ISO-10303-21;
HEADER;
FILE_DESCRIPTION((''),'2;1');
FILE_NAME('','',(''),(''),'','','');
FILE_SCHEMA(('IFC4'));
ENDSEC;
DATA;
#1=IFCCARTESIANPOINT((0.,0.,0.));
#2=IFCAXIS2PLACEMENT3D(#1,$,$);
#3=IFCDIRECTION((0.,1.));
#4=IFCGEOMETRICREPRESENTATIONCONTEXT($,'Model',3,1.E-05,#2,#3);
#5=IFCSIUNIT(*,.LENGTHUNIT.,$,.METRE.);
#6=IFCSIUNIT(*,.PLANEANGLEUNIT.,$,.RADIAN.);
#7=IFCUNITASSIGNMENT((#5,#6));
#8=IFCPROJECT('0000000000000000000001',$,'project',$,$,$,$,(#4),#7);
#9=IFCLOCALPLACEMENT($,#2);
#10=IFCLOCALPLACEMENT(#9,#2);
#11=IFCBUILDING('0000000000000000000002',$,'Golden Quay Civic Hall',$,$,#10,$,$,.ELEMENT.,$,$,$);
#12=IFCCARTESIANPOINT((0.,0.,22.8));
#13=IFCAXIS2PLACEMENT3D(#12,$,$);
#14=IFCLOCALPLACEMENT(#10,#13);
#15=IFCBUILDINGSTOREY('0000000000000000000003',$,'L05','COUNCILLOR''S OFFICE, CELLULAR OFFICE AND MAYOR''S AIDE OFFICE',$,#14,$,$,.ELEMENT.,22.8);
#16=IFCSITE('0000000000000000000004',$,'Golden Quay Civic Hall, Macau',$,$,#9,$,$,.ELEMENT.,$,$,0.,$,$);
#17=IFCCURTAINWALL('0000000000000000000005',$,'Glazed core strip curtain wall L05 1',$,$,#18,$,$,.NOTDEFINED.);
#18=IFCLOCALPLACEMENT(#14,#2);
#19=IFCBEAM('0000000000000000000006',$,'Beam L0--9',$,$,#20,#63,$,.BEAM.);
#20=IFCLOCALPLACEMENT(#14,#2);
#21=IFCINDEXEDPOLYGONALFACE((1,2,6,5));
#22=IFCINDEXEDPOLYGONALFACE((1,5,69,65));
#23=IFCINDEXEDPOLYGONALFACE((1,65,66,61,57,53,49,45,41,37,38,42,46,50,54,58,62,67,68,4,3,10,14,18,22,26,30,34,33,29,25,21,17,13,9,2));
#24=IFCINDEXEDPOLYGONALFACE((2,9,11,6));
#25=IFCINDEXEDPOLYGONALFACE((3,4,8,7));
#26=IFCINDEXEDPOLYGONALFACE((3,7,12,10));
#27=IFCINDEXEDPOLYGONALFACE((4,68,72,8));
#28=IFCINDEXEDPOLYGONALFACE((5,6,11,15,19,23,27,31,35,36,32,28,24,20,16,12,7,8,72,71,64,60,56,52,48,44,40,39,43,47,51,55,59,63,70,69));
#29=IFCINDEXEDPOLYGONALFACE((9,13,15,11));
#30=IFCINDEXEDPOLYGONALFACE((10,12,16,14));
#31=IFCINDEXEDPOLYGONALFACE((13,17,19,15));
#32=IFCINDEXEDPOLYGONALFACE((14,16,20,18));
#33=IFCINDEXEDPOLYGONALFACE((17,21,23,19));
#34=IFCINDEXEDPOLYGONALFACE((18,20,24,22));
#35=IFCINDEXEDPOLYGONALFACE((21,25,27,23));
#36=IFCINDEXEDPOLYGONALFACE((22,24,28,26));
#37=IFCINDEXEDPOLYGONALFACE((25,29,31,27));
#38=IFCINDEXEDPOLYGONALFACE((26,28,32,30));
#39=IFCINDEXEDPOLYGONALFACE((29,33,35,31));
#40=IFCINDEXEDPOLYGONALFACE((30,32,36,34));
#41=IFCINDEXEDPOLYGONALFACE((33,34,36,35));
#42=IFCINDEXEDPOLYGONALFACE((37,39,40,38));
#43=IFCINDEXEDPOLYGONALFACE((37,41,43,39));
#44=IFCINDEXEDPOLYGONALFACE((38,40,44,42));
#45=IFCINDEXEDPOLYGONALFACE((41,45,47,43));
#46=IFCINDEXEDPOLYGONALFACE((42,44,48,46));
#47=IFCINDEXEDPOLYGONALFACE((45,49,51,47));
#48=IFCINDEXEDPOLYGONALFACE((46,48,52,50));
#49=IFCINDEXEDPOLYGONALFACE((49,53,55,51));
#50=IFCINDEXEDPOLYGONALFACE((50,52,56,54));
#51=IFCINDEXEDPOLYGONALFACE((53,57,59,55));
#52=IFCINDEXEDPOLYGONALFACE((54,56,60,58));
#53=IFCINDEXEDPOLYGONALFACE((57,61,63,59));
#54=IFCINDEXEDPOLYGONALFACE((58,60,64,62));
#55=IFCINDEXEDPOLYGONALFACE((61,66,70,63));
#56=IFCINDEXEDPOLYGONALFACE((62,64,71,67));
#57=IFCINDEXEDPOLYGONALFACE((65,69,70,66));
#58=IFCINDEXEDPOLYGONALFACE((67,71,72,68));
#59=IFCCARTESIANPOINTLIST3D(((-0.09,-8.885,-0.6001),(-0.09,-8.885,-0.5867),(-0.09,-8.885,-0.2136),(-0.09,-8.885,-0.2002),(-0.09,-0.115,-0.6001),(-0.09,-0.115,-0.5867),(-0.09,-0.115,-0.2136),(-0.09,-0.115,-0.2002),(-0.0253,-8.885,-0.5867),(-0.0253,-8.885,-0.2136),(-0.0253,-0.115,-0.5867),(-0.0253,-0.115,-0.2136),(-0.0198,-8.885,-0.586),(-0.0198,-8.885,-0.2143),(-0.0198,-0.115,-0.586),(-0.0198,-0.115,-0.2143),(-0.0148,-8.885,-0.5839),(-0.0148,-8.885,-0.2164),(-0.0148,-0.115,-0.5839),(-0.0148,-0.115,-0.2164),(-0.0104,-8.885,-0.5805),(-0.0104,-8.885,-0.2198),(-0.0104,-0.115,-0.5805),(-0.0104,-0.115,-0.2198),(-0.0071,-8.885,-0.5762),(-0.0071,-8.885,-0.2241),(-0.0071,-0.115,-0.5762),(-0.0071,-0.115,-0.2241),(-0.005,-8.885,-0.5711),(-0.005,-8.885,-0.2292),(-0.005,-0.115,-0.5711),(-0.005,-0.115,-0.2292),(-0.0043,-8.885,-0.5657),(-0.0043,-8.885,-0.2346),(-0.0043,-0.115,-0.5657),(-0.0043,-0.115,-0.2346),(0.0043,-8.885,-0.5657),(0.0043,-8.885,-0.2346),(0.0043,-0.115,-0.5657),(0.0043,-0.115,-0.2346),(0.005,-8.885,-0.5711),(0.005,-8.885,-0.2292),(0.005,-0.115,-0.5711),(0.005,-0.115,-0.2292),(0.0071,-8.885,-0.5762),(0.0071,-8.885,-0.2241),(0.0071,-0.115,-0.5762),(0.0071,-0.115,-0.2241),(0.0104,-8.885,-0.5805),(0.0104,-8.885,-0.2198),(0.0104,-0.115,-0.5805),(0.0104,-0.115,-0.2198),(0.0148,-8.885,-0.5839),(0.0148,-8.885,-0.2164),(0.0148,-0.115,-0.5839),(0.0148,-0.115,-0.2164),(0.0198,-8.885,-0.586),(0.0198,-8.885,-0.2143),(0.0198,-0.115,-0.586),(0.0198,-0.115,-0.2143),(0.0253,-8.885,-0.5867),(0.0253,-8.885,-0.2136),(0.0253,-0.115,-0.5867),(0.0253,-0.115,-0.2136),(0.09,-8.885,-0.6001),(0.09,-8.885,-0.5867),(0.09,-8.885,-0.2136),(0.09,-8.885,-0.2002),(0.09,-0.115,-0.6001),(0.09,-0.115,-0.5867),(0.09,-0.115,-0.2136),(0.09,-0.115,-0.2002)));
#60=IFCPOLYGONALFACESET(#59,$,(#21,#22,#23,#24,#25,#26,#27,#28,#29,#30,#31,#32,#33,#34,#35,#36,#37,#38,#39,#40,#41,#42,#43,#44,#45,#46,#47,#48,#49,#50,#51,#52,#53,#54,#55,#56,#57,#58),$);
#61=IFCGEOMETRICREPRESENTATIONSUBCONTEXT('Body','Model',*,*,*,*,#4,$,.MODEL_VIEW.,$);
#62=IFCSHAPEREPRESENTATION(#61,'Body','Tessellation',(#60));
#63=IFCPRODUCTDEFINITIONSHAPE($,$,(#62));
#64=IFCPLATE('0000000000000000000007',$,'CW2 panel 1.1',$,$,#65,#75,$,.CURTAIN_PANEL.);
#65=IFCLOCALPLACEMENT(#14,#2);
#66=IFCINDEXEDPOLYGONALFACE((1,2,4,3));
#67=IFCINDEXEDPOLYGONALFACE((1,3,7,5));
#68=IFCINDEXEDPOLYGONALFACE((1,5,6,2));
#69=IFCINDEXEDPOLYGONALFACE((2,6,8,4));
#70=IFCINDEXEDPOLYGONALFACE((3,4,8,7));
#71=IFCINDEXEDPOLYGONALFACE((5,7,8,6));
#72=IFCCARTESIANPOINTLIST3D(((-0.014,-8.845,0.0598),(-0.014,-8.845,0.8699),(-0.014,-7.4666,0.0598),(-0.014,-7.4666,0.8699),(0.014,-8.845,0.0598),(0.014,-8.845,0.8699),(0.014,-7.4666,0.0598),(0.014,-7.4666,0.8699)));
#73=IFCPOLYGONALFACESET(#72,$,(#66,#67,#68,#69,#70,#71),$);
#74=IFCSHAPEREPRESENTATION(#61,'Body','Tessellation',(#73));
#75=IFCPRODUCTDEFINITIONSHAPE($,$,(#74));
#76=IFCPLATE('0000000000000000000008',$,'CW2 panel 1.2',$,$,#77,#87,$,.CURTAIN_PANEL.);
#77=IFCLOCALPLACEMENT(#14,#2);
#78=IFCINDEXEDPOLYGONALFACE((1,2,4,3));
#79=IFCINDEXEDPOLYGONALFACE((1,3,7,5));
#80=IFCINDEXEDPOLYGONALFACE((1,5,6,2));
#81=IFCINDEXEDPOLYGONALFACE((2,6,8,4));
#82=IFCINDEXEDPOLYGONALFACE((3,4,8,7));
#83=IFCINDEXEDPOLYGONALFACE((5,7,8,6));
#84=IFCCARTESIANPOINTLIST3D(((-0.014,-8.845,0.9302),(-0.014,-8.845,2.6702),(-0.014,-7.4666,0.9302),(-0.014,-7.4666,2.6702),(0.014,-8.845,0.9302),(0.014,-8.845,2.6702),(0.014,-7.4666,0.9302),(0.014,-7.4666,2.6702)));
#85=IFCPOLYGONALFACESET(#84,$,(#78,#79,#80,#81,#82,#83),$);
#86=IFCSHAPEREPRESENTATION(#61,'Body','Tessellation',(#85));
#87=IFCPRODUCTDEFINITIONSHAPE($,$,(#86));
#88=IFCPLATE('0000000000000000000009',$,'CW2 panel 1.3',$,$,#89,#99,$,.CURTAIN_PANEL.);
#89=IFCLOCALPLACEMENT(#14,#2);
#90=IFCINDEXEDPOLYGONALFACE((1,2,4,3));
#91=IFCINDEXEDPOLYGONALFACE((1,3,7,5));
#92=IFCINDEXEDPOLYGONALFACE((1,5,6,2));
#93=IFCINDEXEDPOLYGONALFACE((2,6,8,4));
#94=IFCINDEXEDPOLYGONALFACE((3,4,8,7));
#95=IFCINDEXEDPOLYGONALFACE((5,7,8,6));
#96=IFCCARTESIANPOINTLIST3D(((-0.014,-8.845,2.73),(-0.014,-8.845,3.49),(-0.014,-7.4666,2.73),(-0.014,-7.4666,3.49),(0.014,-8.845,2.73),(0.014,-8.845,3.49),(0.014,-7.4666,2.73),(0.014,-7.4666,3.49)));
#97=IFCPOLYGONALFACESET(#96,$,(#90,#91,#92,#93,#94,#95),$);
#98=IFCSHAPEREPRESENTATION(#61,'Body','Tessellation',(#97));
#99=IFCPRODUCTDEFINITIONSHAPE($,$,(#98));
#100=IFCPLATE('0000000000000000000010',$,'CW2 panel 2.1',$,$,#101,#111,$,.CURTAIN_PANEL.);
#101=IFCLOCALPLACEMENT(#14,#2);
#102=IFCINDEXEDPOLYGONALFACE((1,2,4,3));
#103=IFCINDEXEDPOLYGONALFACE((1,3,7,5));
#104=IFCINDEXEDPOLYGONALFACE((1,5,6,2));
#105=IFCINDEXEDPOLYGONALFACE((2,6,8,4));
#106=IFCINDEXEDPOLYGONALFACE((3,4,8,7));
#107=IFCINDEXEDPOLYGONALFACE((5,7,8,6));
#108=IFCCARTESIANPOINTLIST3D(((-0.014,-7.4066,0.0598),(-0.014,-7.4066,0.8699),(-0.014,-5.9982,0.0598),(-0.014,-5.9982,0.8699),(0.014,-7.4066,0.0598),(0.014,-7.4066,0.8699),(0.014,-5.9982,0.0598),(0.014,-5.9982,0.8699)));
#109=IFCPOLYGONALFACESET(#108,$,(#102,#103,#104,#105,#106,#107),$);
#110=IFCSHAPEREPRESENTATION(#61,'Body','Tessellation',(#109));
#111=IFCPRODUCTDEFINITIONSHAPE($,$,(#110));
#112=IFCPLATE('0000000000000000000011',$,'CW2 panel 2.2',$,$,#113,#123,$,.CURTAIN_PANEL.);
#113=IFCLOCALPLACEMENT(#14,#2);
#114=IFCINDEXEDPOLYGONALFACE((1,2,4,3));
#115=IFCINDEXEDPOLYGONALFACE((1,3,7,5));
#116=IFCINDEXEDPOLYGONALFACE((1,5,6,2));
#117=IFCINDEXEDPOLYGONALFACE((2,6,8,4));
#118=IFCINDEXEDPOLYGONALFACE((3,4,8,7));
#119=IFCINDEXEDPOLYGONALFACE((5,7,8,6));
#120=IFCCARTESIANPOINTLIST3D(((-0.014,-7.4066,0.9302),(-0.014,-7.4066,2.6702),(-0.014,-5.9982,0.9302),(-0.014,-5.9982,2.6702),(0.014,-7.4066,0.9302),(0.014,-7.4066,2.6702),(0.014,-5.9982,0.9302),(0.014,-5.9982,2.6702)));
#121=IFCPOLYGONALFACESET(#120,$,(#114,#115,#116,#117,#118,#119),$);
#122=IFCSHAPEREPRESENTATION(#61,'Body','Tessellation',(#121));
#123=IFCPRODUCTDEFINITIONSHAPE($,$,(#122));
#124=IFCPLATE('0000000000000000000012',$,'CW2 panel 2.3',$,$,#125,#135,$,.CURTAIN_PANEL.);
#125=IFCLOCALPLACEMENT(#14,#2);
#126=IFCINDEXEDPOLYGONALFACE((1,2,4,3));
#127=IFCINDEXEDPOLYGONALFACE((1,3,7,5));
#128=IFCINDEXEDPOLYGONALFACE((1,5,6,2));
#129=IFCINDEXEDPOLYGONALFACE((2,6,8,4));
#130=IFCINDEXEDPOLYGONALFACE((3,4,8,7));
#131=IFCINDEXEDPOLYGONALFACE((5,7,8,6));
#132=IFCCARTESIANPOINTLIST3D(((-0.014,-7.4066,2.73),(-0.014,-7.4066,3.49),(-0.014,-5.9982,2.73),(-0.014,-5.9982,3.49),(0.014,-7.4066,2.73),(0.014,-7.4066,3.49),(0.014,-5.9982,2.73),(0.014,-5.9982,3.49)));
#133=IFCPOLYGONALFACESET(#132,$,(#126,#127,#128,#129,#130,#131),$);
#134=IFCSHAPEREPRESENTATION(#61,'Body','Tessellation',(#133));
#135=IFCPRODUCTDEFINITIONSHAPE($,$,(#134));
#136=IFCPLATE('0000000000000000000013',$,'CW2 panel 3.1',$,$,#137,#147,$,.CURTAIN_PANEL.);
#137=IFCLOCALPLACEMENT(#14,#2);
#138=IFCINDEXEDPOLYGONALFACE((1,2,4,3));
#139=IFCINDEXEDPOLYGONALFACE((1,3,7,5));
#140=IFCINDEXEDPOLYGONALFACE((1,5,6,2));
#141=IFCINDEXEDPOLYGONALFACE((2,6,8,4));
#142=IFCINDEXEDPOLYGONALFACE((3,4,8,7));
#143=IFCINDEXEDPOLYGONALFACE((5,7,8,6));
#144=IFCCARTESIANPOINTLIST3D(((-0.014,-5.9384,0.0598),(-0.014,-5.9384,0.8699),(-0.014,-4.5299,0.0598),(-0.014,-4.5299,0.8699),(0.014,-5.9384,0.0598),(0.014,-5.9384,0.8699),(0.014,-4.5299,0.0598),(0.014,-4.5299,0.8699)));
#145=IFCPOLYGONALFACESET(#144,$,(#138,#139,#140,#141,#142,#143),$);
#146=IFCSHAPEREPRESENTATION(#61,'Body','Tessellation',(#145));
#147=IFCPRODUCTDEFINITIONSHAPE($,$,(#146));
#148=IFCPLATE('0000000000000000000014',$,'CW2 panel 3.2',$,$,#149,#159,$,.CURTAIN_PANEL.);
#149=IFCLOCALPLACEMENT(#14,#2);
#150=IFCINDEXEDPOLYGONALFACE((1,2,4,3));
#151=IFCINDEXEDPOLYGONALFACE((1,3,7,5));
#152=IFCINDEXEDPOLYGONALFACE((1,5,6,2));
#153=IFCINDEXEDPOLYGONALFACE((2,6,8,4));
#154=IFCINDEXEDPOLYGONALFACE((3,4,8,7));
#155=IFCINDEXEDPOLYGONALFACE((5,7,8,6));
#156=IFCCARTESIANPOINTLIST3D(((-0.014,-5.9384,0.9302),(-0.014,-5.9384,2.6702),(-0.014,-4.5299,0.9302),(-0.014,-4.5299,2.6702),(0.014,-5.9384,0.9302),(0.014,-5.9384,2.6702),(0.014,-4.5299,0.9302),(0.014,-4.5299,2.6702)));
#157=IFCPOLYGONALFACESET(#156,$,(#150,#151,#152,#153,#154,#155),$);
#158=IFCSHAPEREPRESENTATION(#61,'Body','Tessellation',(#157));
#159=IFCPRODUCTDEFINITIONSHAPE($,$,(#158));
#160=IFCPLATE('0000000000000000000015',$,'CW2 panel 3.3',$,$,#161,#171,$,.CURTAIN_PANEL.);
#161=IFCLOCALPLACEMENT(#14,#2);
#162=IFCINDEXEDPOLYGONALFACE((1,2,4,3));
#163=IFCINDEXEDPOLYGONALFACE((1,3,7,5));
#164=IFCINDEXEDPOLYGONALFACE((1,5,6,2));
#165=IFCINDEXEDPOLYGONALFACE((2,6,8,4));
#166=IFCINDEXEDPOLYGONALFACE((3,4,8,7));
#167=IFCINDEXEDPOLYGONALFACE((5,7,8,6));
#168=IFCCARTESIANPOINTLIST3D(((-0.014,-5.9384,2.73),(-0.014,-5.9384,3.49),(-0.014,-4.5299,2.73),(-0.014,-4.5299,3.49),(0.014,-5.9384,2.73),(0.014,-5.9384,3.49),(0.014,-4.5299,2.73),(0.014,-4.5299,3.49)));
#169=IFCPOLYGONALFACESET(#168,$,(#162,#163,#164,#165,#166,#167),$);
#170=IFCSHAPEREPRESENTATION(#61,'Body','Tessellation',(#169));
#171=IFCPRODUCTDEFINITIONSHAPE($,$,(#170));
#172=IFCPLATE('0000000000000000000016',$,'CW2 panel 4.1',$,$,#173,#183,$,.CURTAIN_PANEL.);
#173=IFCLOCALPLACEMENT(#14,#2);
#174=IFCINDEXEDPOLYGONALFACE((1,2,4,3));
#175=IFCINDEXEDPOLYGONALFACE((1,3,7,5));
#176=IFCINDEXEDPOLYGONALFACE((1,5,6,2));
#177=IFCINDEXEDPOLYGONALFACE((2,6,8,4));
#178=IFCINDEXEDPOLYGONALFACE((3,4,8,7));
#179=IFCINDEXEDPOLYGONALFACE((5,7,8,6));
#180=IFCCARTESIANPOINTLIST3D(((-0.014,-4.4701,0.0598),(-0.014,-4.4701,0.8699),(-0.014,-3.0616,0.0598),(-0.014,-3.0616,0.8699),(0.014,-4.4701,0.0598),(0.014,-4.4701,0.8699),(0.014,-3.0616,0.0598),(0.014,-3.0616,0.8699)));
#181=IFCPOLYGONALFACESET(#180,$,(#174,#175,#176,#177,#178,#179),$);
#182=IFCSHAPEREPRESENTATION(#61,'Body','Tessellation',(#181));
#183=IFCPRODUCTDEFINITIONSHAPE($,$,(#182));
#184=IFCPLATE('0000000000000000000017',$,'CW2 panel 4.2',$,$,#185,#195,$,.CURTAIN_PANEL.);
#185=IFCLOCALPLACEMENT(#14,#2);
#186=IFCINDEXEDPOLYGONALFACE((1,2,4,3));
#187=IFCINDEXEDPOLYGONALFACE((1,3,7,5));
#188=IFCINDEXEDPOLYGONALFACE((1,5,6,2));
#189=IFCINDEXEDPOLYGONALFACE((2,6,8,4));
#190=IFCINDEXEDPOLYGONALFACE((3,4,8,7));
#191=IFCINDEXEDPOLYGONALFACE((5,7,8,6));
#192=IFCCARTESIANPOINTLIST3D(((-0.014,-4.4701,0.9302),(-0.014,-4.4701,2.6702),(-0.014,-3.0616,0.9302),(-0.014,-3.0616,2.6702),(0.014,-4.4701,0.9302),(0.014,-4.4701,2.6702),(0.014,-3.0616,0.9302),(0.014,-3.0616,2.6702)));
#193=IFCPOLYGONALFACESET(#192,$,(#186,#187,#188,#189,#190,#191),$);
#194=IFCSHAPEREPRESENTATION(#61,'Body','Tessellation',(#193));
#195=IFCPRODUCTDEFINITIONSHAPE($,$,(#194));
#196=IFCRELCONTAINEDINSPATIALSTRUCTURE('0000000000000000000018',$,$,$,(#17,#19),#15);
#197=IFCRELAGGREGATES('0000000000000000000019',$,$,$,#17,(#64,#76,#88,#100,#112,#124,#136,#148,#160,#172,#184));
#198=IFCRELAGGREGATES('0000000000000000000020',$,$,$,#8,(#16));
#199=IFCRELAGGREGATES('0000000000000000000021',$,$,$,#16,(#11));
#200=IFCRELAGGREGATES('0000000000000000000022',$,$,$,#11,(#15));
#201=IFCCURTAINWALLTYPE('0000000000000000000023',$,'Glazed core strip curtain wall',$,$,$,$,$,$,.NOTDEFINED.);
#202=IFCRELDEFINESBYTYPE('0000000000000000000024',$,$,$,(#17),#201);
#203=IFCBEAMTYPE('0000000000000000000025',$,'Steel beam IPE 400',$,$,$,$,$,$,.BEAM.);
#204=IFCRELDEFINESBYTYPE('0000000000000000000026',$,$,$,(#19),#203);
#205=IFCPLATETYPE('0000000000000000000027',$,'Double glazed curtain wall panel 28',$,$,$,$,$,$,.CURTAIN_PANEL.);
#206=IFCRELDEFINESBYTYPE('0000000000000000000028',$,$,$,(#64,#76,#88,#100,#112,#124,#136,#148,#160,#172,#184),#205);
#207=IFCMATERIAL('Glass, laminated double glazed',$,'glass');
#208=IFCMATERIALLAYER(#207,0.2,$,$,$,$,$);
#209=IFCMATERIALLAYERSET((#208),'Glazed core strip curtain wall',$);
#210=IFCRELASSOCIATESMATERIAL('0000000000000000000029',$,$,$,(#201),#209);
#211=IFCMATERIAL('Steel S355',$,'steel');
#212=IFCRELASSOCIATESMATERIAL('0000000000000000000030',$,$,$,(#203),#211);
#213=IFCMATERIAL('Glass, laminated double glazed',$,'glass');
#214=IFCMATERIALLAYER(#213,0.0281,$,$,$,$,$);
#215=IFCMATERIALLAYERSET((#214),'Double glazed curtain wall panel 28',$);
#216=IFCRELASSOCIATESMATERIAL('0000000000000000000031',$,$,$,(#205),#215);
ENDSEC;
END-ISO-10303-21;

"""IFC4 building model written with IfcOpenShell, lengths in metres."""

from ifc_helpers import new_model, si_unit, direction, frame, origin, origin_2d, place, context, subcontext, project, spatial, rectangle, i_section, extrude, material, layer, layer_set, material_profile, profile_set, type_object, element, aggregate, save


model = new_model("IFC4")

# Units and contexts
model_context = context("Model", 3, precision=1e-05, world=origin(), true_north=direction((0.0, 1.0)))
body_context = subcontext(model_context, "Body", "Model", "MODEL_VIEW")
ifc_project = project(units=[si_unit("LENGTHUNIT", "METRE"), si_unit("PLANEANGLEUNIT", "RADIAN")], contexts=[model_context])

# Site, building, storey
site_placement = place(None, origin())
site = spatial("IfcSite", under=ifc_project, at=site_placement, Name="Golden Quay Civic Hall, Macau", CompositionType="ELEMENT", RefElevation=0.0)
building_placement = place(site_placement, origin())
building = spatial("IfcBuilding", under=site, at=building_placement, Name="Golden Quay Civic Hall", CompositionType="ELEMENT")
storey_placement = place(building_placement, frame((0.0, 0.0, 22.8)))
storey = spatial("IfcBuildingStorey", under=building, at=storey_placement, Name="L05", Description="COUNCILLOR'S OFFICE, CELLULAR OFFICE AND MAYOR'S AIDE OFFICE", CompositionType="ELEMENT", Elevation=22.8)

# Curtain wall
ifc_material_1 = material(Name="Glass, laminated double glazed", Category="glass")
ifc_layer_1 = layer(ifc_material_1, 0.2)
ifc_layer_set_1 = layer_set([ifc_layer_1], Name="Glazed core strip curtain wall")
curtain_wall_type = type_object("IfcCurtainWallType", Name="Glazed core strip curtain wall", PredefinedType="NOTDEFINED", material=ifc_layer_set_1)
curtain_wall_placement = place(storey_placement, origin())
curtain_wall = element("IfcCurtainWall", 1, at=curtain_wall_placement, inside=storey, type_object=curtain_wall_type, Name="Glazed core strip curtain wall L05 1", PredefinedType="NOTDEFINED")

# Beam
ifc_material_2 = material(Name="Steel S355", Category="steel")
ifc_material_profile_1 = material_profile(ifc_material_2, i_section(OverallWidth=0.1799, OverallDepth=0.3999, WebThickness=0.0085, FlangeThickness=0.0134, FilletRadius=0.021, at=origin_2d()), Name="IPE 400")
ifc_profile_set_1 = profile_set([ifc_material_profile_1], Name="Steel S355")
beam_type = type_object("IfcBeamType", Name="Steel beam IPE 400", PredefinedType="BEAM", material=ifc_profile_set_1)
beam_placement = place(storey_placement, frame((0.0, -8.885, -0.4001), z_axis=(0.0, 1.0, 0.0), x_axis=(-1.0, 0.0, 0.0)))
element("IfcBeam", 2, at=beam_placement, inside=storey, type_object=beam_type, Name="Beam L0--9", PredefinedType="BEAM", context=body_context, shape_type="SweptSolid", body=[
    extrude(i_section(OverallWidth=0.1799, OverallDepth=0.3999, WebThickness=0.0085, FlangeThickness=0.0134, FilletRadius=0.021, at=origin_2d()), origin(), (0.0, 0.0, 1.0), 8.77),
])

# Plates
ifc_material_3 = material(Name="Glass, laminated double glazed", Category="glass")
ifc_layer_2 = layer(ifc_material_3, 0.0281)
ifc_layer_set_2 = layer_set([ifc_layer_2], Name="Double glazed curtain wall panel 28")
plate_type = type_object("IfcPlateType", Name="Double glazed curtain wall panel 28", PredefinedType="CURTAIN_PANEL", material=ifc_layer_set_2)
plate_1_placement = place(storey_placement, frame((0.0, -8.1558, 0.0598), z_axis=(0.0, 0.0, 1.0), x_axis=(0.0, 1.0, 0.0)))
plate_1 = element("IfcPlate", 3, at=plate_1_placement, type_object=plate_type, Name="CW2 panel 1.1", PredefinedType="CURTAIN_PANEL", context=body_context, shape_type="SweptSolid", body=[
    extrude(rectangle(XDim=1.3784, YDim=0.0281, at=origin_2d()), origin(), (0.0, 0.0, 1.0), 0.8101),
])
plate_2_placement = place(storey_placement, frame((0.0, -8.1558, 0.9302), z_axis=(0.0, 0.0, 1.0), x_axis=(0.0, 1.0, 0.0)))
plate_2 = element("IfcPlate", 4, at=plate_2_placement, type_object=plate_type, Name="CW2 panel 1.2", PredefinedType="CURTAIN_PANEL", context=body_context, shape_type="SweptSolid", body=[
    extrude(rectangle(XDim=1.3784, YDim=0.0281, at=origin_2d()), origin(), (0.0, 0.0, 1.0), 1.74),
])
plate_3_placement = place(storey_placement, frame((0.0, -8.1558, 2.73), z_axis=(0.0, 0.0, 1.0), x_axis=(0.0, 1.0, 0.0)))
plate_3 = element("IfcPlate", 5, at=plate_3_placement, type_object=plate_type, Name="CW2 panel 1.3", PredefinedType="CURTAIN_PANEL", context=body_context, shape_type="SweptSolid", body=[
    extrude(rectangle(XDim=1.3784, YDim=0.0281, at=origin_2d()), origin(), (0.0, 0.0, 1.0), 0.76),
])
plate_4_placement = place(storey_placement, frame((0.0, -6.7024, 0.0598), z_axis=(0.0, 0.0, 1.0), x_axis=(0.0, 1.0, 0.0)))
plate_4 = element("IfcPlate", 6, at=plate_4_placement, type_object=plate_type, Name="CW2 panel 2.1", PredefinedType="CURTAIN_PANEL", context=body_context, shape_type="SweptSolid", body=[
    extrude(rectangle(XDim=1.4084, YDim=0.0281, at=origin_2d()), origin(), (0.0, 0.0, 1.0), 0.8101),
])
plate_5_placement = place(storey_placement, frame((0.0, -6.7024, 0.9302), z_axis=(0.0, 0.0, 1.0), x_axis=(0.0, 1.0, 0.0)))
plate_5 = element("IfcPlate", 7, at=plate_5_placement, type_object=plate_type, Name="CW2 panel 2.2", PredefinedType="CURTAIN_PANEL", context=body_context, shape_type="SweptSolid", body=[
    extrude(rectangle(XDim=1.4084, YDim=0.0281, at=origin_2d()), origin(), (0.0, 0.0, 1.0), 1.74),
])
plate_6_placement = place(storey_placement, frame((0.0, -6.7024, 2.73), z_axis=(0.0, 0.0, 1.0), x_axis=(0.0, 1.0, 0.0)))
plate_6 = element("IfcPlate", 8, at=plate_6_placement, type_object=plate_type, Name="CW2 panel 2.3", PredefinedType="CURTAIN_PANEL", context=body_context, shape_type="SweptSolid", body=[
    extrude(rectangle(XDim=1.4084, YDim=0.0281, at=origin_2d()), origin(), (0.0, 0.0, 1.0), 0.76),
])
plate_7_placement = place(storey_placement, frame((0.0, -5.2341, 0.0598), z_axis=(0.0, 0.0, 1.0), x_axis=(0.0, 1.0, 0.0)))
plate_7 = element("IfcPlate", 9, at=plate_7_placement, type_object=plate_type, Name="CW2 panel 3.1", PredefinedType="CURTAIN_PANEL", context=body_context, shape_type="SweptSolid", body=[
    extrude(rectangle(XDim=1.4084, YDim=0.0281, at=origin_2d()), origin(), (0.0, 0.0, 1.0), 0.8101),
])
plate_8_placement = place(storey_placement, frame((0.0, -5.2341, 0.9302), z_axis=(0.0, 0.0, 1.0), x_axis=(0.0, 1.0, 0.0)))
plate_8 = element("IfcPlate", 10, at=plate_8_placement, type_object=plate_type, Name="CW2 panel 3.2", PredefinedType="CURTAIN_PANEL", context=body_context, shape_type="SweptSolid", body=[
    extrude(rectangle(XDim=1.4084, YDim=0.0281, at=origin_2d()), origin(), (0.0, 0.0, 1.0), 1.74),
])
plate_9_placement = place(storey_placement, frame((0.0, -5.2341, 2.73), z_axis=(0.0, 0.0, 1.0), x_axis=(0.0, 1.0, 0.0)))
plate_9 = element("IfcPlate", 11, at=plate_9_placement, type_object=plate_type, Name="CW2 panel 3.3", PredefinedType="CURTAIN_PANEL", context=body_context, shape_type="SweptSolid", body=[
    extrude(rectangle(XDim=1.4084, YDim=0.0281, at=origin_2d()), origin(), (0.0, 0.0, 1.0), 0.76),
])
plate_10_placement = place(storey_placement, frame((0.0, -3.7659, 0.0598), z_axis=(0.0, 0.0, 1.0), x_axis=(0.0, 1.0, 0.0)))
plate_10 = element("IfcPlate", 12, at=plate_10_placement, type_object=plate_type, Name="CW2 panel 4.1", PredefinedType="CURTAIN_PANEL", context=body_context, shape_type="SweptSolid", body=[
    extrude(rectangle(XDim=1.4084, YDim=0.0281, at=origin_2d()), origin(), (0.0, 0.0, 1.0), 0.8101),
])
plate_11_placement = place(storey_placement, frame((0.0, -3.7659, 0.9302), z_axis=(0.0, 0.0, 1.0), x_axis=(0.0, 1.0, 0.0)))
plate_11 = element("IfcPlate", 13, at=plate_11_placement, type_object=plate_type, Name="CW2 panel 4.2", PredefinedType="CURTAIN_PANEL", context=body_context, shape_type="SweptSolid", body=[
    extrude(rectangle(XDim=1.4084, YDim=0.0281, at=origin_2d()), origin(), (0.0, 0.0, 1.0), 1.74),
])
aggregate(curtain_wall, [plate_1, plate_2, plate_3, plate_4, plate_5, plate_6, plate_7, plate_8, plate_9, plate_10, plate_11])

save(model, "model.ifc")
